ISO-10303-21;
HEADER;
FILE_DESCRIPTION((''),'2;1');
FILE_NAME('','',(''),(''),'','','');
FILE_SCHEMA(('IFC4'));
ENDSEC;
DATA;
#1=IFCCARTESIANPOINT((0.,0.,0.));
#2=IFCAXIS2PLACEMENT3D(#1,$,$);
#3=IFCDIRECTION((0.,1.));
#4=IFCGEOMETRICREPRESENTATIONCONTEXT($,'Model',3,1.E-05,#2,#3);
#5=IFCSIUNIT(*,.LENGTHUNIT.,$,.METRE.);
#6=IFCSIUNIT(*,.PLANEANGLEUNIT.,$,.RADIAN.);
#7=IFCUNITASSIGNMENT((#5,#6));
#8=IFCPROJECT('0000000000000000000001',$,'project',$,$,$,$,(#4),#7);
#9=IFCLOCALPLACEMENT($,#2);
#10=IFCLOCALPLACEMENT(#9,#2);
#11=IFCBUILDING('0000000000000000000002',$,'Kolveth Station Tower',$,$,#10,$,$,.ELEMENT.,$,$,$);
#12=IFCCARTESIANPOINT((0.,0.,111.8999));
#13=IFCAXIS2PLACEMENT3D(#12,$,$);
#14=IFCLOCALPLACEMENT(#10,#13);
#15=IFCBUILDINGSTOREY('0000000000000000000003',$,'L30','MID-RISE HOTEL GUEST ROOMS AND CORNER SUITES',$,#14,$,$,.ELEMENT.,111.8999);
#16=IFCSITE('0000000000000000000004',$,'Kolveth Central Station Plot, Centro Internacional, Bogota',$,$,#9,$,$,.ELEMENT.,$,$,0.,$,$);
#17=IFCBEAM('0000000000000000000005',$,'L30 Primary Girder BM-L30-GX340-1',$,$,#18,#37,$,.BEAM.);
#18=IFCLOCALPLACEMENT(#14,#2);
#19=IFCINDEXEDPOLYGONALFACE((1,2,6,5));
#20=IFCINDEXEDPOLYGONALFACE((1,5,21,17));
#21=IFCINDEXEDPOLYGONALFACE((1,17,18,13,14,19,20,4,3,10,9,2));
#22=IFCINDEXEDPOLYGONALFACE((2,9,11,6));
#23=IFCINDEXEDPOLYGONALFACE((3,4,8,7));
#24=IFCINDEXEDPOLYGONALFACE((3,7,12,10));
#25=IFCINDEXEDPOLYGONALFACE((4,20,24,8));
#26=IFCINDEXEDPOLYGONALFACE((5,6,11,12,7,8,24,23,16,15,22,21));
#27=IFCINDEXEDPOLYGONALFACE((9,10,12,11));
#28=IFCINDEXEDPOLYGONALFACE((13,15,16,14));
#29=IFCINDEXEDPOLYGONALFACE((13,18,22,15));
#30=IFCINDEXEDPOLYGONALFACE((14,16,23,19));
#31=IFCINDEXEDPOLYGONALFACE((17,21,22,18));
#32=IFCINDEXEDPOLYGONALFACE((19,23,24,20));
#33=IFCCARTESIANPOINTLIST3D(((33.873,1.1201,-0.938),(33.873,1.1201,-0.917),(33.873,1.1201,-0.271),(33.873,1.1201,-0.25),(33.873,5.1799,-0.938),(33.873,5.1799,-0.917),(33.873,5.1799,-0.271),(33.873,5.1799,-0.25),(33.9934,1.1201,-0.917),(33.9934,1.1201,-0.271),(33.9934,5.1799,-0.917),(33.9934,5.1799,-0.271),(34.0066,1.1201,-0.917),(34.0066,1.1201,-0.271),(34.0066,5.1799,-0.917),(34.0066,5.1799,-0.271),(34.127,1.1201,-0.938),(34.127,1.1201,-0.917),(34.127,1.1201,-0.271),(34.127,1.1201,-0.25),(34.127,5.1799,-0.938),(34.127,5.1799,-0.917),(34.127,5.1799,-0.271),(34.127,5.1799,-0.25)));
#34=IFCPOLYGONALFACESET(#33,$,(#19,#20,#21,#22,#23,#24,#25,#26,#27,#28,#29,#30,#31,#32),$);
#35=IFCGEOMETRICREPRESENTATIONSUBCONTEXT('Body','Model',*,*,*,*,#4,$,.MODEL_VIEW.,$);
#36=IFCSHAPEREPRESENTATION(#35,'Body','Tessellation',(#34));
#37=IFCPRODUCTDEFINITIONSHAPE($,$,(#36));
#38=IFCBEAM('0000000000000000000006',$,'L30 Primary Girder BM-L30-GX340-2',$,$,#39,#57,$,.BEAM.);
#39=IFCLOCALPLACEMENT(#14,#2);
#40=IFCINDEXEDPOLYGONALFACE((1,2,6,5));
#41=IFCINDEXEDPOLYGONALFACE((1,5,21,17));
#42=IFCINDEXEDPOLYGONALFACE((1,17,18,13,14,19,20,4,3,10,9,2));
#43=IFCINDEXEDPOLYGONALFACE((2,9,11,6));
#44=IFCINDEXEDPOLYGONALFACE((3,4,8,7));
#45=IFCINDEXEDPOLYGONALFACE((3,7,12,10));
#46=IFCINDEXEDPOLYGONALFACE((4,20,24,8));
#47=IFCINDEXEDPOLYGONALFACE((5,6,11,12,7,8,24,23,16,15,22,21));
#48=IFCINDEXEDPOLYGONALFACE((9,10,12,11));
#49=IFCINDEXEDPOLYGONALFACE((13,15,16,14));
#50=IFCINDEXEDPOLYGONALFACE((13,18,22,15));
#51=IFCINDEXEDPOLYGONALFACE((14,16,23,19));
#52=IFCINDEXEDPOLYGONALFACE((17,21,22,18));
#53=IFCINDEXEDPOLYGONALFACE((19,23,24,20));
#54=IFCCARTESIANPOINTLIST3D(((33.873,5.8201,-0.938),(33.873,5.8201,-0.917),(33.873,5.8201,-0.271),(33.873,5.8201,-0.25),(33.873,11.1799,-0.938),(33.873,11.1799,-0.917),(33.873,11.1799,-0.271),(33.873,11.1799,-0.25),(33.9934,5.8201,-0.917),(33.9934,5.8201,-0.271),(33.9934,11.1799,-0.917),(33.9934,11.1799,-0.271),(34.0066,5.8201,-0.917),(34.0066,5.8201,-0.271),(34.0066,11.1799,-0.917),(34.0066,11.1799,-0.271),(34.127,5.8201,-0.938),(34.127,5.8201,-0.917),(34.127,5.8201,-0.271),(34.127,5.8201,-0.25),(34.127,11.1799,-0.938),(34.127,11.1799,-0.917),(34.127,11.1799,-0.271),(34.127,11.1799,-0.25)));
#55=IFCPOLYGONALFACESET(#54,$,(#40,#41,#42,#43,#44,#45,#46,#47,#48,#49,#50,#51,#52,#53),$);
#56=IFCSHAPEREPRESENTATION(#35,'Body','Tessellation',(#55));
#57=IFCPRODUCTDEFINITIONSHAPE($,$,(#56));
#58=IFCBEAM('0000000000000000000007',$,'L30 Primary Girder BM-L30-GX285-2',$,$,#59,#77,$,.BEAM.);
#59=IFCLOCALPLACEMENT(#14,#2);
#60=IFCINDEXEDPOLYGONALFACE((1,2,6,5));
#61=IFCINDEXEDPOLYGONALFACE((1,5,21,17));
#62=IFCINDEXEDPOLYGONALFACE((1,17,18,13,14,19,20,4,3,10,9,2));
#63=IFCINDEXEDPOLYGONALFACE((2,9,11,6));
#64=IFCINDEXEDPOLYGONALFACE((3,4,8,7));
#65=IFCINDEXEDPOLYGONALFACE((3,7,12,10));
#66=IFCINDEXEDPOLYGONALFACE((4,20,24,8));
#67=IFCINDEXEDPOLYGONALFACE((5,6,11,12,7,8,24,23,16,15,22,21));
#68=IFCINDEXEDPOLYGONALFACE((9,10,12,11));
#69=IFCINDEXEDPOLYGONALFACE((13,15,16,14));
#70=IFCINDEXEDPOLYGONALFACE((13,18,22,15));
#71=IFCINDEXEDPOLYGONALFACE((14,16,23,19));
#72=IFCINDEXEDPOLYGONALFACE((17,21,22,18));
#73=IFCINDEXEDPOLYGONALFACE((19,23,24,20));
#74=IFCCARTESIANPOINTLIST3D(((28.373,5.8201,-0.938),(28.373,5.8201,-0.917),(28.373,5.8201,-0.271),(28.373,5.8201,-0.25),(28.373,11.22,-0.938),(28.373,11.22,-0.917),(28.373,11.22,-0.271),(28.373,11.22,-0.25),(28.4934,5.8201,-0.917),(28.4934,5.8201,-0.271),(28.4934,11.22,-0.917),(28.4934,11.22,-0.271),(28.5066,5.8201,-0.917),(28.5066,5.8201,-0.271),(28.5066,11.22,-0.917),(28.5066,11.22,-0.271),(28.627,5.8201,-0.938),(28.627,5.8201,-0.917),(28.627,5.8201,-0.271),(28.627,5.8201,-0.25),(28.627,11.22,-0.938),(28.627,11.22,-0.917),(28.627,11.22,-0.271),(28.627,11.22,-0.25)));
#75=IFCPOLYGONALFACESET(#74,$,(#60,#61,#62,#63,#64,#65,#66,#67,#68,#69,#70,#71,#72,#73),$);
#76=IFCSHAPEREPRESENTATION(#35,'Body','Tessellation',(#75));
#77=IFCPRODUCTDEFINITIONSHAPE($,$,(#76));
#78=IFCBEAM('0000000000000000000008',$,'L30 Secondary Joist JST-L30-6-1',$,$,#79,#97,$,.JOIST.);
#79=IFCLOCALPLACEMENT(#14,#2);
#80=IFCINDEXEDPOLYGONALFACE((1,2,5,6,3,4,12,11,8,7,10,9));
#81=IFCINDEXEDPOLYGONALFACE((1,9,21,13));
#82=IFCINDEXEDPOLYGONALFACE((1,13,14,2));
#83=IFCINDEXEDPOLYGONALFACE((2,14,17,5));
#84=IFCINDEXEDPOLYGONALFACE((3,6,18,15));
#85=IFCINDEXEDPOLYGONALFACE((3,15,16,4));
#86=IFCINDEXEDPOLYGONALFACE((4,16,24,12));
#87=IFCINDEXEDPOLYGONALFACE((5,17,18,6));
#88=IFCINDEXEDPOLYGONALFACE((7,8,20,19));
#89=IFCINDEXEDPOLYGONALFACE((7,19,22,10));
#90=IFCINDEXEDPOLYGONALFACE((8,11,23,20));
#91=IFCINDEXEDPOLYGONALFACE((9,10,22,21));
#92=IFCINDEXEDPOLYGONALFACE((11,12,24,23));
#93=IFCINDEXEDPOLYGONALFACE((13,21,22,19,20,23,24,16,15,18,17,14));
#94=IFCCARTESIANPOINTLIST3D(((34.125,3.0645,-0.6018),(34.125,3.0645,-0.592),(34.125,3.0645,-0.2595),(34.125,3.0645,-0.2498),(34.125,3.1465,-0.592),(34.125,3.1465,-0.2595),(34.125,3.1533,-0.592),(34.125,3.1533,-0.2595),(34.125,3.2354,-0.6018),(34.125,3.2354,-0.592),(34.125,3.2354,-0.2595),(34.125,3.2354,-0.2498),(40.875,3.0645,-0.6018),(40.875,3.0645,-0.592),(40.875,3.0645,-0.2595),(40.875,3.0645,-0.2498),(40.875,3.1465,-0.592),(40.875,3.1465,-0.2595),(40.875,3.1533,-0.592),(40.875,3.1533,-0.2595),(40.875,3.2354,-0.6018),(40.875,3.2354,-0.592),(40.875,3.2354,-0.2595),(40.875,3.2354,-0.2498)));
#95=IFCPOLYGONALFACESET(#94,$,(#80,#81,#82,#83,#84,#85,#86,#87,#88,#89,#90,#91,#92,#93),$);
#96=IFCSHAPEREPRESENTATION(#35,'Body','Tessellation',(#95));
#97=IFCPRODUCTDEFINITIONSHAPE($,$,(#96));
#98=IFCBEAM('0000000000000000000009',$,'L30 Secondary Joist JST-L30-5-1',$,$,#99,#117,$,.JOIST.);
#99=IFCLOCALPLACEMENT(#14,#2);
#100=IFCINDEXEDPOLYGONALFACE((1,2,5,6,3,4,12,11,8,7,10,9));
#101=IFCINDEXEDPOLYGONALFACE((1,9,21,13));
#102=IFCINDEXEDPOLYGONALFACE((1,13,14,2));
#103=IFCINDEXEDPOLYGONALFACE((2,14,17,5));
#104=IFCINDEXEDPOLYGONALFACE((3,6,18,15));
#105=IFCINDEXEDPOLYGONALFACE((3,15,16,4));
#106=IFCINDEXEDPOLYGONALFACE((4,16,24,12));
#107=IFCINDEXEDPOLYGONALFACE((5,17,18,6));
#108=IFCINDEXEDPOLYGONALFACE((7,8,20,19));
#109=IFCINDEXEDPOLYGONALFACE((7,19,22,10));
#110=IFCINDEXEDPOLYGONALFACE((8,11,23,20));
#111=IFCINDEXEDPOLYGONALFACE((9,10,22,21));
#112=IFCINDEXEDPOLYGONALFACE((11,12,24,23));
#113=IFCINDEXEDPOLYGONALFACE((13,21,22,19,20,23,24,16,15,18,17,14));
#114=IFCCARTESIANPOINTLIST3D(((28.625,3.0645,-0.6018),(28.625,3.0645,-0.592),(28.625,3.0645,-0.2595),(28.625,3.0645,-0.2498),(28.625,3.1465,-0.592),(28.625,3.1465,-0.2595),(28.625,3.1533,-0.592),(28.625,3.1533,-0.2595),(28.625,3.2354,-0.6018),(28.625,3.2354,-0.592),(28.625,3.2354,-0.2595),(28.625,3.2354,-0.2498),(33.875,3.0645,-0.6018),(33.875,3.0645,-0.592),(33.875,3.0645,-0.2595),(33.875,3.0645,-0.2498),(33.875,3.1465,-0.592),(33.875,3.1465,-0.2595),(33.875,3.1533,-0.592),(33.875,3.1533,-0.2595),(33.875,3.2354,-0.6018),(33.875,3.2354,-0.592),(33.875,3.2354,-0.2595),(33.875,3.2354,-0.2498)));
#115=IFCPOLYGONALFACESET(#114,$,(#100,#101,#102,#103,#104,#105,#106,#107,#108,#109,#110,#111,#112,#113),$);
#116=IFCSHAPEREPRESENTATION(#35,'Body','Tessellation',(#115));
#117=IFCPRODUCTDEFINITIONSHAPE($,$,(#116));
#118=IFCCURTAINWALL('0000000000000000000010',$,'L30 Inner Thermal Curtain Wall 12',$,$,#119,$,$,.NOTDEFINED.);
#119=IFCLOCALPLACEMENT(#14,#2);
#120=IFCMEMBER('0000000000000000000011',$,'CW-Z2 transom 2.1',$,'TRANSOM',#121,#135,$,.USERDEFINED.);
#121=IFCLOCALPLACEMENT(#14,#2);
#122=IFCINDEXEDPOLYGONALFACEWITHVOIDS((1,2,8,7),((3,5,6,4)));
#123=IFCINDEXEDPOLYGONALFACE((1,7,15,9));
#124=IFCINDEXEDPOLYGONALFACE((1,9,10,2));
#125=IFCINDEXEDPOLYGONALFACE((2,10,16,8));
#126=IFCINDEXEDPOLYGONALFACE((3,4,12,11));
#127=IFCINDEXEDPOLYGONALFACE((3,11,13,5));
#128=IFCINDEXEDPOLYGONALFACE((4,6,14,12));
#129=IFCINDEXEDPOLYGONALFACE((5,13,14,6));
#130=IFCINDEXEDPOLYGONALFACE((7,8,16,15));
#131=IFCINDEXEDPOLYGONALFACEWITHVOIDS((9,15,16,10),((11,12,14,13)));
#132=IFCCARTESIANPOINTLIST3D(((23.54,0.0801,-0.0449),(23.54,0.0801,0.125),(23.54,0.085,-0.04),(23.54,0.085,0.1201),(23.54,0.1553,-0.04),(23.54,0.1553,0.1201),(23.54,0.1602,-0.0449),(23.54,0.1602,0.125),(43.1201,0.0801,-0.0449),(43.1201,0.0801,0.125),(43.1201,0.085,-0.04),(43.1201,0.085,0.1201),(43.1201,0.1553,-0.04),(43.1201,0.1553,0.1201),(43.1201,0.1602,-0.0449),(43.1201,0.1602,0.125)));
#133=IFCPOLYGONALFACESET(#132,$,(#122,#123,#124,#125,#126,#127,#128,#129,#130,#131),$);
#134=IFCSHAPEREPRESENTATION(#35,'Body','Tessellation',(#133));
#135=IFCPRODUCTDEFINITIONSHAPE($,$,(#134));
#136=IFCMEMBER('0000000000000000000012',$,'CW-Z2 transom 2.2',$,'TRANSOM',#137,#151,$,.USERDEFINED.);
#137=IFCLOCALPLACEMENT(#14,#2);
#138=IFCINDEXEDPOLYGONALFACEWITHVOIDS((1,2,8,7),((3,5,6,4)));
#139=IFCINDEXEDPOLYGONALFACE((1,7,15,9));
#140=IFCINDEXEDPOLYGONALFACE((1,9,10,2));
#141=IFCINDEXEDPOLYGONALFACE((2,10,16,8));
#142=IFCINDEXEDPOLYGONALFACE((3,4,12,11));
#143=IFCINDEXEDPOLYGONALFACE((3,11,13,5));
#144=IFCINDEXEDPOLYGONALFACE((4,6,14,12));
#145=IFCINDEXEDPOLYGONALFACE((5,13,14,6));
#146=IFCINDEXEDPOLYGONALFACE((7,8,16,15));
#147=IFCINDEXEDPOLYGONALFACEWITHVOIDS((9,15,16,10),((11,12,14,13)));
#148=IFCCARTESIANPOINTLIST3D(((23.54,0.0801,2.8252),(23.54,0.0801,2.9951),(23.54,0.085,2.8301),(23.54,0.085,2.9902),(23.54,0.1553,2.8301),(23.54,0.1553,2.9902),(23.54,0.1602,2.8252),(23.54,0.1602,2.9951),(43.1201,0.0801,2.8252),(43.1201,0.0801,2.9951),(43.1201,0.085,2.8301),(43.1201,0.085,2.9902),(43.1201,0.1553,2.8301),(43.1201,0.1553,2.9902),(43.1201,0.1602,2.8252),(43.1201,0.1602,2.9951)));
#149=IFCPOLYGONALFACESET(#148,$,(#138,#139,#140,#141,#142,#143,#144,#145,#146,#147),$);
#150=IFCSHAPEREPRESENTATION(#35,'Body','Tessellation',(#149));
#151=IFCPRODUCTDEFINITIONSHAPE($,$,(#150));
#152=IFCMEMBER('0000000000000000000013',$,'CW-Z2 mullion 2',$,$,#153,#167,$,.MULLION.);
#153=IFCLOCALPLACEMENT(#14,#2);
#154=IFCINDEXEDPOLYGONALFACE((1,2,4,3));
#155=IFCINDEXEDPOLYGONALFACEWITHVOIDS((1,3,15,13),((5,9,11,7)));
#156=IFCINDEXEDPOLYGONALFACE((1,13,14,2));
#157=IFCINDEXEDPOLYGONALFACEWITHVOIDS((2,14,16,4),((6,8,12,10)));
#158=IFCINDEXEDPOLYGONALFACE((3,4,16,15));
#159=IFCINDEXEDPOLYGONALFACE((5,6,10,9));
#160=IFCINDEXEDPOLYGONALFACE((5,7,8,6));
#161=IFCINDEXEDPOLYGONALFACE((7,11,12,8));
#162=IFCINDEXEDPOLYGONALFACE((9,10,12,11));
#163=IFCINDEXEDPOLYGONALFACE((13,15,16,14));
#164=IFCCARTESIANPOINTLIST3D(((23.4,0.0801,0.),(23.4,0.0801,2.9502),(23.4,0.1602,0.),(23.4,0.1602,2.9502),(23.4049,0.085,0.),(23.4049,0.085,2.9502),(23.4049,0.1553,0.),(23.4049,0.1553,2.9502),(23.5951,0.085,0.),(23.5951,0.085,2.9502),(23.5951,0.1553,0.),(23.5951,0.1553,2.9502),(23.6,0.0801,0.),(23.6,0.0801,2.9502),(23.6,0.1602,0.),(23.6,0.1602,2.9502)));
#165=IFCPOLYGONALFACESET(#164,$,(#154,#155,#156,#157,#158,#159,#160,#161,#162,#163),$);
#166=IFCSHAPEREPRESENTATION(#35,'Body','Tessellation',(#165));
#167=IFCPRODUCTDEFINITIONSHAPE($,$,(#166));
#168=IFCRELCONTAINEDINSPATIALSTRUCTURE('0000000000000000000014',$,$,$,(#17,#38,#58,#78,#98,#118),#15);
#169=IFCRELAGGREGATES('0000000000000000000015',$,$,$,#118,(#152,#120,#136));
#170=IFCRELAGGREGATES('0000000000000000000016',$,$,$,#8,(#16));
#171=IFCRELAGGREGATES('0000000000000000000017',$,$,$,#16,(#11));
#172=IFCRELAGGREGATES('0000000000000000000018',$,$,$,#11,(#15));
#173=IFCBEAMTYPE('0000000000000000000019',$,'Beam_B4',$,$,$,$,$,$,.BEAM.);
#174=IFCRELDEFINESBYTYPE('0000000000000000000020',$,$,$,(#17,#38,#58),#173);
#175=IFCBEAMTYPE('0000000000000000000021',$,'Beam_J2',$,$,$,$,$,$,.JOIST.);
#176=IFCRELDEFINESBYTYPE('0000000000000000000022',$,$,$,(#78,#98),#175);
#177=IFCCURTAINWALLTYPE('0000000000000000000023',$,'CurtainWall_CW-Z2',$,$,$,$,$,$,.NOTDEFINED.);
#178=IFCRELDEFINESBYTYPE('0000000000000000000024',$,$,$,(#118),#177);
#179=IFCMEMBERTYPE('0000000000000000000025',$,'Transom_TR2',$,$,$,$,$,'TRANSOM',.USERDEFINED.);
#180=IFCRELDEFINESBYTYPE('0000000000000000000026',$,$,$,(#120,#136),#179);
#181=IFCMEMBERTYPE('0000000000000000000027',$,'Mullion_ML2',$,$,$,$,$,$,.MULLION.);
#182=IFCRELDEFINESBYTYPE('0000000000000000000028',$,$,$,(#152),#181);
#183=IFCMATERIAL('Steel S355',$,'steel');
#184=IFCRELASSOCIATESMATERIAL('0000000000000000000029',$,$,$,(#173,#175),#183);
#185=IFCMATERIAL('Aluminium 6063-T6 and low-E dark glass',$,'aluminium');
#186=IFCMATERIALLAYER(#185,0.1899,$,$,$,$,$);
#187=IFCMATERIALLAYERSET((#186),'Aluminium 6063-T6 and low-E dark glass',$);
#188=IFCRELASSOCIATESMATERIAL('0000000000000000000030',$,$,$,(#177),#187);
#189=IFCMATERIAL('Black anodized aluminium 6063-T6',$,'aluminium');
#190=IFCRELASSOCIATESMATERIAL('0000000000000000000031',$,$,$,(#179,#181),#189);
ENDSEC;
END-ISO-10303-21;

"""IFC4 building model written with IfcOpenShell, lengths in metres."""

from ifc_helpers import new_model, si_unit, direction, frame, origin, origin_2d, place, context, subcontext, project, spatial, hollow_rectangle, i_section, extrude, source, transform, mapped, material, layer, layer_set, material_profile, profile_set, type_object, element, aggregate, save


model = new_model("IFC4")

# Units and contexts
model_context = context("Model", 3, precision=1e-05, world=origin(), true_north=direction((0.0, 1.0)))
body_context = subcontext(model_context, "Body", "Model", "MODEL_VIEW")
ifc_project = project(units=[si_unit("LENGTHUNIT", "METRE"), si_unit("PLANEANGLEUNIT", "RADIAN")], contexts=[model_context])

# Site, building, storey
site_placement = place(None, origin())
site = spatial("IfcSite", under=ifc_project, at=site_placement, Name="Kolveth Central Station Plot, Centro Internacional, Bogota", CompositionType="ELEMENT", RefElevation=0.0)
building_placement = place(site_placement, origin())
building = spatial("IfcBuilding", under=site, at=building_placement, Name="Kolveth Station Tower", CompositionType="ELEMENT")
storey_placement = place(building_placement, frame((0.0, 0.0, 111.8999)))
storey = spatial("IfcBuildingStorey", under=building, at=storey_placement, Name="L30", Description="MID-RISE HOTEL GUEST ROOMS AND CORNER SUITES", CompositionType="ELEMENT", Elevation=111.8999)

# Beams
ifc_material_1 = material(Name="Steel S355", Category="steel")
ifc_material_profile_1 = material_profile(ifc_material_1, i_section(OverallWidth=0.2539, OverallDepth=0.688, WebThickness=0.0132, FlangeThickness=0.021, at=origin_2d()), Name="W690x152")
ifc_profile_set_1 = profile_set([ifc_material_profile_1], Name="Steel S355")
beam_type_1 = type_object("IfcBeamType", Name="Beam_B4", PredefinedType="BEAM", material=ifc_profile_set_1)
shared_shape_1 = source(origin(), body_context, "Body", "SweptSolid", [
    extrude(i_section(OverallWidth=0.2539, OverallDepth=0.688, WebThickness=0.0132, FlangeThickness=0.021, at=origin_2d()), origin(), (0.0, 0.0, 1.0), 4.0598),
])
for number, where, z_axis, x_axis, name in (
    (1, (34.0, 1.1201, -0.594), (0.0, 1.0, 0.0), (-1.0, 0.0, 0.0), "L30 Primary Girder BM-L30-GX340-1"),
):
    element("IfcBeam", number, at=place(storey_placement, frame(where, z_axis=z_axis, x_axis=x_axis)), inside=storey, type_object=beam_type_1, Name=name, PredefinedType="BEAM", context=body_context, shape_type="MappedRepresentation", body=[
        mapped(shared_shape_1, transform((0.0, 0.0, 0.0), x_axis=(1.0, 0.0, 0.0), y_axis=(0.0, 1.0, 0.0), z_axis=(0.0, 0.0, 1.0), scale=1.0)),
    ])
shared_shape_2 = source(origin(), body_context, "Body", "SweptSolid", [
    extrude(i_section(OverallWidth=0.2539, OverallDepth=0.688, WebThickness=0.0132, FlangeThickness=0.021, at=origin_2d()), origin(), (0.0, 0.0, 1.0), 5.3599),
])
beam_1_placement = place(storey_placement, frame((34.0, 5.8201, -0.594), z_axis=(0.0, 1.0, 0.0), x_axis=(-1.0, 0.0, 0.0)))
element("IfcBeam", 2, at=beam_1_placement, inside=storey, type_object=beam_type_1, Name="L30 Primary Girder BM-L30-GX340-2", PredefinedType="BEAM", context=body_context, shape_type="MappedRepresentation", body=[
    mapped(shared_shape_2, transform((0.0, 0.0, 0.0), x_axis=(1.0, 0.0, 0.0), y_axis=(0.0, 1.0, 0.0), z_axis=(0.0, 0.0, 1.0), scale=1.0)),
])
shared_shape_3 = source(origin(), body_context, "Body", "SweptSolid", [
    extrude(i_section(OverallWidth=0.2539, OverallDepth=0.688, WebThickness=0.0132, FlangeThickness=0.021, at=origin_2d()), origin(), (0.0, 0.0, 1.0), 5.3999),
])
beam_2_placement = place(storey_placement, frame((28.5, 5.8201, -0.594), z_axis=(0.0, 1.0, 0.0), x_axis=(-1.0, 0.0, 0.0)))
element("IfcBeam", 3, at=beam_2_placement, inside=storey, type_object=beam_type_1, Name="L30 Primary Girder BM-L30-GX285-2", PredefinedType="BEAM", context=body_context, shape_type="MappedRepresentation", body=[
    mapped(shared_shape_3, transform((0.0, 0.0, 0.0), x_axis=(1.0, 0.0, 0.0), y_axis=(0.0, 1.0, 0.0), z_axis=(0.0, 0.0, 1.0), scale=1.0)),
])
ifc_material_profile_2 = material_profile(ifc_material_1, i_section(OverallWidth=0.1709, OverallDepth=0.3521, WebThickness=0.0068, FlangeThickness=0.0098, at=origin_2d()), Name="W360x44")
ifc_profile_set_2 = profile_set([ifc_material_profile_2], Name="Steel S355")
beam_type_2 = type_object("IfcBeamType", Name="Beam_J2", PredefinedType="JOIST", material=ifc_profile_set_2)
shared_shape_4 = source(origin(), body_context, "Body", "SweptSolid", [
    extrude(i_section(OverallWidth=0.1709, OverallDepth=0.3521, WebThickness=0.0068, FlangeThickness=0.0098, at=origin_2d()), origin(), (0.0, 0.0, 1.0), 6.75),
])
beam_3_placement = place(storey_placement, frame((34.125, 3.1499, -0.4258), z_axis=(1.0, 0.0, 0.0), x_axis=(0.0, 1.0, 0.0)))
element("IfcBeam", 4, at=beam_3_placement, inside=storey, type_object=beam_type_2, Name="L30 Secondary Joist JST-L30-6-1", PredefinedType="JOIST", context=body_context, shape_type="MappedRepresentation", body=[
    mapped(shared_shape_4, transform((0.0, 0.0, 0.0), x_axis=(1.0, 0.0, 0.0), y_axis=(0.0, 1.0, 0.0), z_axis=(0.0, 0.0, 1.0), scale=1.0)),
])
shared_shape_5 = source(origin(), body_context, "Body", "SweptSolid", [
    extrude(i_section(OverallWidth=0.1709, OverallDepth=0.3521, WebThickness=0.0068, FlangeThickness=0.0098, at=origin_2d()), origin(), (0.0, 0.0, 1.0), 5.25),
])
beam_4_placement = place(storey_placement, frame((28.625, 3.1499, -0.4258), z_axis=(1.0, 0.0, 0.0), x_axis=(0.0, 1.0, 0.0)))
element("IfcBeam", 5, at=beam_4_placement, inside=storey, type_object=beam_type_2, Name="L30 Secondary Joist JST-L30-5-1", PredefinedType="JOIST", context=body_context, shape_type="MappedRepresentation", body=[
    mapped(shared_shape_5, transform((0.0, 0.0, 0.0), x_axis=(1.0, 0.0, 0.0), y_axis=(0.0, 1.0, 0.0), z_axis=(0.0, 0.0, 1.0), scale=1.0)),
])

# Curtain wall, members
ifc_material_2 = material(Name="Aluminium 6063-T6 and low-E dark glass", Category="aluminium")
ifc_layer_1 = layer(ifc_material_2, 0.1899)
ifc_layer_set_1 = layer_set([ifc_layer_1], Name="Aluminium 6063-T6 and low-E dark glass")
curtain_wall_type_1 = type_object("IfcCurtainWallType", Name="CurtainWall_CW-Z2", PredefinedType="NOTDEFINED", material=ifc_layer_set_1)
curtain_wall_1_placement = place(storey_placement, origin())
curtain_wall_1 = element("IfcCurtainWall", 6, at=curtain_wall_1_placement, inside=storey, type_object=curtain_wall_type_1, Name="L30 Inner Thermal Curtain Wall 12", PredefinedType="NOTDEFINED")
ifc_material_3 = material(Name="Black anodized aluminium 6063-T6", Category="aluminium")
ifc_material_profile_3 = material_profile(ifc_material_3, hollow_rectangle(XDim=0.0801, YDim=0.1699, WallThickness=0.0049, at=origin_2d()), Name="ALU-80x170x5")
ifc_profile_set_3 = profile_set([ifc_material_profile_3], Name="Black anodized aluminium 6063-T6")
member_type_1 = type_object("IfcMemberType", Name="Transom_TR2", ElementType="TRANSOM", PredefinedType="USERDEFINED", material=ifc_profile_set_3)
shared_shape_6 = source(origin(), body_context, "Body", "SweptSolid", [
    extrude(hollow_rectangle(XDim=0.0801, YDim=0.1699, WallThickness=0.0049, at=origin_2d()), origin(), (0.0, 0.0, 1.0), 19.5801),
])
member_1_placement = place(storey_placement, frame((23.54, 0.1201, 0.04), z_axis=(1.0, 0.0, 0.0), x_axis=(0.0, 1.0, 0.0)))
member_1 = element("IfcMember", 7, at=member_1_placement, type_object=member_type_1, Name="CW-Z2 transom 2.1", ObjectType="TRANSOM", PredefinedType="USERDEFINED", context=body_context, shape_type="MappedRepresentation", body=[
    mapped(shared_shape_6, transform((0.0, 0.0, 0.0), x_axis=(1.0, 0.0, 0.0), y_axis=(0.0, 1.0, 0.0), z_axis=(0.0, 0.0, 1.0), scale=1.0)),
])
member_2_placement = place(storey_placement, frame((23.54, 0.1201, 2.9102), z_axis=(1.0, 0.0, 0.0), x_axis=(0.0, 1.0, 0.0)))
member_2 = element("IfcMember", 8, at=member_2_placement, type_object=member_type_1, Name="CW-Z2 transom 2.2", ObjectType="TRANSOM", PredefinedType="USERDEFINED", context=body_context, shape_type="MappedRepresentation", body=[
    mapped(shared_shape_6, transform((0.0, 0.0, 0.0), x_axis=(1.0, 0.0, 0.0), y_axis=(0.0, 1.0, 0.0), z_axis=(0.0, 0.0, 1.0), scale=1.0)),
])
ifc_material_profile_4 = material_profile(ifc_material_3, hollow_rectangle(XDim=0.0801, YDim=0.2, WallThickness=0.0049, at=origin_2d()), Name="ALU-80x200x5")
ifc_profile_set_4 = profile_set([ifc_material_profile_4], Name="Black anodized aluminium 6063-T6")
member_type_2 = type_object("IfcMemberType", Name="Mullion_ML2", PredefinedType="MULLION", material=ifc_profile_set_4)
shared_shape_7 = source(origin(), body_context, "Body", "SweptSolid", [
    extrude(hollow_rectangle(XDim=0.0801, YDim=0.2, WallThickness=0.0049, at=origin_2d()), origin(), (0.0, 0.0, 1.0), 2.9502),
])
member_3_placement = place(storey_placement, frame((23.5, 0.1201, 0.0), z_axis=(0.0, 0.0, 1.0), x_axis=(0.0, 1.0, 0.0)))
member_3 = element("IfcMember", 9, at=member_3_placement, type_object=member_type_2, Name="CW-Z2 mullion 2", PredefinedType="MULLION", context=body_context, shape_type="MappedRepresentation", body=[
    mapped(shared_shape_7, transform((0.0, 0.0, 0.0), x_axis=(1.0, 0.0, 0.0), y_axis=(0.0, 1.0, 0.0), z_axis=(0.0, 0.0, 1.0), scale=1.0)),
])
aggregate(curtain_wall_1, [member_3, member_1, member_2])

save(model, "model.ifc")
